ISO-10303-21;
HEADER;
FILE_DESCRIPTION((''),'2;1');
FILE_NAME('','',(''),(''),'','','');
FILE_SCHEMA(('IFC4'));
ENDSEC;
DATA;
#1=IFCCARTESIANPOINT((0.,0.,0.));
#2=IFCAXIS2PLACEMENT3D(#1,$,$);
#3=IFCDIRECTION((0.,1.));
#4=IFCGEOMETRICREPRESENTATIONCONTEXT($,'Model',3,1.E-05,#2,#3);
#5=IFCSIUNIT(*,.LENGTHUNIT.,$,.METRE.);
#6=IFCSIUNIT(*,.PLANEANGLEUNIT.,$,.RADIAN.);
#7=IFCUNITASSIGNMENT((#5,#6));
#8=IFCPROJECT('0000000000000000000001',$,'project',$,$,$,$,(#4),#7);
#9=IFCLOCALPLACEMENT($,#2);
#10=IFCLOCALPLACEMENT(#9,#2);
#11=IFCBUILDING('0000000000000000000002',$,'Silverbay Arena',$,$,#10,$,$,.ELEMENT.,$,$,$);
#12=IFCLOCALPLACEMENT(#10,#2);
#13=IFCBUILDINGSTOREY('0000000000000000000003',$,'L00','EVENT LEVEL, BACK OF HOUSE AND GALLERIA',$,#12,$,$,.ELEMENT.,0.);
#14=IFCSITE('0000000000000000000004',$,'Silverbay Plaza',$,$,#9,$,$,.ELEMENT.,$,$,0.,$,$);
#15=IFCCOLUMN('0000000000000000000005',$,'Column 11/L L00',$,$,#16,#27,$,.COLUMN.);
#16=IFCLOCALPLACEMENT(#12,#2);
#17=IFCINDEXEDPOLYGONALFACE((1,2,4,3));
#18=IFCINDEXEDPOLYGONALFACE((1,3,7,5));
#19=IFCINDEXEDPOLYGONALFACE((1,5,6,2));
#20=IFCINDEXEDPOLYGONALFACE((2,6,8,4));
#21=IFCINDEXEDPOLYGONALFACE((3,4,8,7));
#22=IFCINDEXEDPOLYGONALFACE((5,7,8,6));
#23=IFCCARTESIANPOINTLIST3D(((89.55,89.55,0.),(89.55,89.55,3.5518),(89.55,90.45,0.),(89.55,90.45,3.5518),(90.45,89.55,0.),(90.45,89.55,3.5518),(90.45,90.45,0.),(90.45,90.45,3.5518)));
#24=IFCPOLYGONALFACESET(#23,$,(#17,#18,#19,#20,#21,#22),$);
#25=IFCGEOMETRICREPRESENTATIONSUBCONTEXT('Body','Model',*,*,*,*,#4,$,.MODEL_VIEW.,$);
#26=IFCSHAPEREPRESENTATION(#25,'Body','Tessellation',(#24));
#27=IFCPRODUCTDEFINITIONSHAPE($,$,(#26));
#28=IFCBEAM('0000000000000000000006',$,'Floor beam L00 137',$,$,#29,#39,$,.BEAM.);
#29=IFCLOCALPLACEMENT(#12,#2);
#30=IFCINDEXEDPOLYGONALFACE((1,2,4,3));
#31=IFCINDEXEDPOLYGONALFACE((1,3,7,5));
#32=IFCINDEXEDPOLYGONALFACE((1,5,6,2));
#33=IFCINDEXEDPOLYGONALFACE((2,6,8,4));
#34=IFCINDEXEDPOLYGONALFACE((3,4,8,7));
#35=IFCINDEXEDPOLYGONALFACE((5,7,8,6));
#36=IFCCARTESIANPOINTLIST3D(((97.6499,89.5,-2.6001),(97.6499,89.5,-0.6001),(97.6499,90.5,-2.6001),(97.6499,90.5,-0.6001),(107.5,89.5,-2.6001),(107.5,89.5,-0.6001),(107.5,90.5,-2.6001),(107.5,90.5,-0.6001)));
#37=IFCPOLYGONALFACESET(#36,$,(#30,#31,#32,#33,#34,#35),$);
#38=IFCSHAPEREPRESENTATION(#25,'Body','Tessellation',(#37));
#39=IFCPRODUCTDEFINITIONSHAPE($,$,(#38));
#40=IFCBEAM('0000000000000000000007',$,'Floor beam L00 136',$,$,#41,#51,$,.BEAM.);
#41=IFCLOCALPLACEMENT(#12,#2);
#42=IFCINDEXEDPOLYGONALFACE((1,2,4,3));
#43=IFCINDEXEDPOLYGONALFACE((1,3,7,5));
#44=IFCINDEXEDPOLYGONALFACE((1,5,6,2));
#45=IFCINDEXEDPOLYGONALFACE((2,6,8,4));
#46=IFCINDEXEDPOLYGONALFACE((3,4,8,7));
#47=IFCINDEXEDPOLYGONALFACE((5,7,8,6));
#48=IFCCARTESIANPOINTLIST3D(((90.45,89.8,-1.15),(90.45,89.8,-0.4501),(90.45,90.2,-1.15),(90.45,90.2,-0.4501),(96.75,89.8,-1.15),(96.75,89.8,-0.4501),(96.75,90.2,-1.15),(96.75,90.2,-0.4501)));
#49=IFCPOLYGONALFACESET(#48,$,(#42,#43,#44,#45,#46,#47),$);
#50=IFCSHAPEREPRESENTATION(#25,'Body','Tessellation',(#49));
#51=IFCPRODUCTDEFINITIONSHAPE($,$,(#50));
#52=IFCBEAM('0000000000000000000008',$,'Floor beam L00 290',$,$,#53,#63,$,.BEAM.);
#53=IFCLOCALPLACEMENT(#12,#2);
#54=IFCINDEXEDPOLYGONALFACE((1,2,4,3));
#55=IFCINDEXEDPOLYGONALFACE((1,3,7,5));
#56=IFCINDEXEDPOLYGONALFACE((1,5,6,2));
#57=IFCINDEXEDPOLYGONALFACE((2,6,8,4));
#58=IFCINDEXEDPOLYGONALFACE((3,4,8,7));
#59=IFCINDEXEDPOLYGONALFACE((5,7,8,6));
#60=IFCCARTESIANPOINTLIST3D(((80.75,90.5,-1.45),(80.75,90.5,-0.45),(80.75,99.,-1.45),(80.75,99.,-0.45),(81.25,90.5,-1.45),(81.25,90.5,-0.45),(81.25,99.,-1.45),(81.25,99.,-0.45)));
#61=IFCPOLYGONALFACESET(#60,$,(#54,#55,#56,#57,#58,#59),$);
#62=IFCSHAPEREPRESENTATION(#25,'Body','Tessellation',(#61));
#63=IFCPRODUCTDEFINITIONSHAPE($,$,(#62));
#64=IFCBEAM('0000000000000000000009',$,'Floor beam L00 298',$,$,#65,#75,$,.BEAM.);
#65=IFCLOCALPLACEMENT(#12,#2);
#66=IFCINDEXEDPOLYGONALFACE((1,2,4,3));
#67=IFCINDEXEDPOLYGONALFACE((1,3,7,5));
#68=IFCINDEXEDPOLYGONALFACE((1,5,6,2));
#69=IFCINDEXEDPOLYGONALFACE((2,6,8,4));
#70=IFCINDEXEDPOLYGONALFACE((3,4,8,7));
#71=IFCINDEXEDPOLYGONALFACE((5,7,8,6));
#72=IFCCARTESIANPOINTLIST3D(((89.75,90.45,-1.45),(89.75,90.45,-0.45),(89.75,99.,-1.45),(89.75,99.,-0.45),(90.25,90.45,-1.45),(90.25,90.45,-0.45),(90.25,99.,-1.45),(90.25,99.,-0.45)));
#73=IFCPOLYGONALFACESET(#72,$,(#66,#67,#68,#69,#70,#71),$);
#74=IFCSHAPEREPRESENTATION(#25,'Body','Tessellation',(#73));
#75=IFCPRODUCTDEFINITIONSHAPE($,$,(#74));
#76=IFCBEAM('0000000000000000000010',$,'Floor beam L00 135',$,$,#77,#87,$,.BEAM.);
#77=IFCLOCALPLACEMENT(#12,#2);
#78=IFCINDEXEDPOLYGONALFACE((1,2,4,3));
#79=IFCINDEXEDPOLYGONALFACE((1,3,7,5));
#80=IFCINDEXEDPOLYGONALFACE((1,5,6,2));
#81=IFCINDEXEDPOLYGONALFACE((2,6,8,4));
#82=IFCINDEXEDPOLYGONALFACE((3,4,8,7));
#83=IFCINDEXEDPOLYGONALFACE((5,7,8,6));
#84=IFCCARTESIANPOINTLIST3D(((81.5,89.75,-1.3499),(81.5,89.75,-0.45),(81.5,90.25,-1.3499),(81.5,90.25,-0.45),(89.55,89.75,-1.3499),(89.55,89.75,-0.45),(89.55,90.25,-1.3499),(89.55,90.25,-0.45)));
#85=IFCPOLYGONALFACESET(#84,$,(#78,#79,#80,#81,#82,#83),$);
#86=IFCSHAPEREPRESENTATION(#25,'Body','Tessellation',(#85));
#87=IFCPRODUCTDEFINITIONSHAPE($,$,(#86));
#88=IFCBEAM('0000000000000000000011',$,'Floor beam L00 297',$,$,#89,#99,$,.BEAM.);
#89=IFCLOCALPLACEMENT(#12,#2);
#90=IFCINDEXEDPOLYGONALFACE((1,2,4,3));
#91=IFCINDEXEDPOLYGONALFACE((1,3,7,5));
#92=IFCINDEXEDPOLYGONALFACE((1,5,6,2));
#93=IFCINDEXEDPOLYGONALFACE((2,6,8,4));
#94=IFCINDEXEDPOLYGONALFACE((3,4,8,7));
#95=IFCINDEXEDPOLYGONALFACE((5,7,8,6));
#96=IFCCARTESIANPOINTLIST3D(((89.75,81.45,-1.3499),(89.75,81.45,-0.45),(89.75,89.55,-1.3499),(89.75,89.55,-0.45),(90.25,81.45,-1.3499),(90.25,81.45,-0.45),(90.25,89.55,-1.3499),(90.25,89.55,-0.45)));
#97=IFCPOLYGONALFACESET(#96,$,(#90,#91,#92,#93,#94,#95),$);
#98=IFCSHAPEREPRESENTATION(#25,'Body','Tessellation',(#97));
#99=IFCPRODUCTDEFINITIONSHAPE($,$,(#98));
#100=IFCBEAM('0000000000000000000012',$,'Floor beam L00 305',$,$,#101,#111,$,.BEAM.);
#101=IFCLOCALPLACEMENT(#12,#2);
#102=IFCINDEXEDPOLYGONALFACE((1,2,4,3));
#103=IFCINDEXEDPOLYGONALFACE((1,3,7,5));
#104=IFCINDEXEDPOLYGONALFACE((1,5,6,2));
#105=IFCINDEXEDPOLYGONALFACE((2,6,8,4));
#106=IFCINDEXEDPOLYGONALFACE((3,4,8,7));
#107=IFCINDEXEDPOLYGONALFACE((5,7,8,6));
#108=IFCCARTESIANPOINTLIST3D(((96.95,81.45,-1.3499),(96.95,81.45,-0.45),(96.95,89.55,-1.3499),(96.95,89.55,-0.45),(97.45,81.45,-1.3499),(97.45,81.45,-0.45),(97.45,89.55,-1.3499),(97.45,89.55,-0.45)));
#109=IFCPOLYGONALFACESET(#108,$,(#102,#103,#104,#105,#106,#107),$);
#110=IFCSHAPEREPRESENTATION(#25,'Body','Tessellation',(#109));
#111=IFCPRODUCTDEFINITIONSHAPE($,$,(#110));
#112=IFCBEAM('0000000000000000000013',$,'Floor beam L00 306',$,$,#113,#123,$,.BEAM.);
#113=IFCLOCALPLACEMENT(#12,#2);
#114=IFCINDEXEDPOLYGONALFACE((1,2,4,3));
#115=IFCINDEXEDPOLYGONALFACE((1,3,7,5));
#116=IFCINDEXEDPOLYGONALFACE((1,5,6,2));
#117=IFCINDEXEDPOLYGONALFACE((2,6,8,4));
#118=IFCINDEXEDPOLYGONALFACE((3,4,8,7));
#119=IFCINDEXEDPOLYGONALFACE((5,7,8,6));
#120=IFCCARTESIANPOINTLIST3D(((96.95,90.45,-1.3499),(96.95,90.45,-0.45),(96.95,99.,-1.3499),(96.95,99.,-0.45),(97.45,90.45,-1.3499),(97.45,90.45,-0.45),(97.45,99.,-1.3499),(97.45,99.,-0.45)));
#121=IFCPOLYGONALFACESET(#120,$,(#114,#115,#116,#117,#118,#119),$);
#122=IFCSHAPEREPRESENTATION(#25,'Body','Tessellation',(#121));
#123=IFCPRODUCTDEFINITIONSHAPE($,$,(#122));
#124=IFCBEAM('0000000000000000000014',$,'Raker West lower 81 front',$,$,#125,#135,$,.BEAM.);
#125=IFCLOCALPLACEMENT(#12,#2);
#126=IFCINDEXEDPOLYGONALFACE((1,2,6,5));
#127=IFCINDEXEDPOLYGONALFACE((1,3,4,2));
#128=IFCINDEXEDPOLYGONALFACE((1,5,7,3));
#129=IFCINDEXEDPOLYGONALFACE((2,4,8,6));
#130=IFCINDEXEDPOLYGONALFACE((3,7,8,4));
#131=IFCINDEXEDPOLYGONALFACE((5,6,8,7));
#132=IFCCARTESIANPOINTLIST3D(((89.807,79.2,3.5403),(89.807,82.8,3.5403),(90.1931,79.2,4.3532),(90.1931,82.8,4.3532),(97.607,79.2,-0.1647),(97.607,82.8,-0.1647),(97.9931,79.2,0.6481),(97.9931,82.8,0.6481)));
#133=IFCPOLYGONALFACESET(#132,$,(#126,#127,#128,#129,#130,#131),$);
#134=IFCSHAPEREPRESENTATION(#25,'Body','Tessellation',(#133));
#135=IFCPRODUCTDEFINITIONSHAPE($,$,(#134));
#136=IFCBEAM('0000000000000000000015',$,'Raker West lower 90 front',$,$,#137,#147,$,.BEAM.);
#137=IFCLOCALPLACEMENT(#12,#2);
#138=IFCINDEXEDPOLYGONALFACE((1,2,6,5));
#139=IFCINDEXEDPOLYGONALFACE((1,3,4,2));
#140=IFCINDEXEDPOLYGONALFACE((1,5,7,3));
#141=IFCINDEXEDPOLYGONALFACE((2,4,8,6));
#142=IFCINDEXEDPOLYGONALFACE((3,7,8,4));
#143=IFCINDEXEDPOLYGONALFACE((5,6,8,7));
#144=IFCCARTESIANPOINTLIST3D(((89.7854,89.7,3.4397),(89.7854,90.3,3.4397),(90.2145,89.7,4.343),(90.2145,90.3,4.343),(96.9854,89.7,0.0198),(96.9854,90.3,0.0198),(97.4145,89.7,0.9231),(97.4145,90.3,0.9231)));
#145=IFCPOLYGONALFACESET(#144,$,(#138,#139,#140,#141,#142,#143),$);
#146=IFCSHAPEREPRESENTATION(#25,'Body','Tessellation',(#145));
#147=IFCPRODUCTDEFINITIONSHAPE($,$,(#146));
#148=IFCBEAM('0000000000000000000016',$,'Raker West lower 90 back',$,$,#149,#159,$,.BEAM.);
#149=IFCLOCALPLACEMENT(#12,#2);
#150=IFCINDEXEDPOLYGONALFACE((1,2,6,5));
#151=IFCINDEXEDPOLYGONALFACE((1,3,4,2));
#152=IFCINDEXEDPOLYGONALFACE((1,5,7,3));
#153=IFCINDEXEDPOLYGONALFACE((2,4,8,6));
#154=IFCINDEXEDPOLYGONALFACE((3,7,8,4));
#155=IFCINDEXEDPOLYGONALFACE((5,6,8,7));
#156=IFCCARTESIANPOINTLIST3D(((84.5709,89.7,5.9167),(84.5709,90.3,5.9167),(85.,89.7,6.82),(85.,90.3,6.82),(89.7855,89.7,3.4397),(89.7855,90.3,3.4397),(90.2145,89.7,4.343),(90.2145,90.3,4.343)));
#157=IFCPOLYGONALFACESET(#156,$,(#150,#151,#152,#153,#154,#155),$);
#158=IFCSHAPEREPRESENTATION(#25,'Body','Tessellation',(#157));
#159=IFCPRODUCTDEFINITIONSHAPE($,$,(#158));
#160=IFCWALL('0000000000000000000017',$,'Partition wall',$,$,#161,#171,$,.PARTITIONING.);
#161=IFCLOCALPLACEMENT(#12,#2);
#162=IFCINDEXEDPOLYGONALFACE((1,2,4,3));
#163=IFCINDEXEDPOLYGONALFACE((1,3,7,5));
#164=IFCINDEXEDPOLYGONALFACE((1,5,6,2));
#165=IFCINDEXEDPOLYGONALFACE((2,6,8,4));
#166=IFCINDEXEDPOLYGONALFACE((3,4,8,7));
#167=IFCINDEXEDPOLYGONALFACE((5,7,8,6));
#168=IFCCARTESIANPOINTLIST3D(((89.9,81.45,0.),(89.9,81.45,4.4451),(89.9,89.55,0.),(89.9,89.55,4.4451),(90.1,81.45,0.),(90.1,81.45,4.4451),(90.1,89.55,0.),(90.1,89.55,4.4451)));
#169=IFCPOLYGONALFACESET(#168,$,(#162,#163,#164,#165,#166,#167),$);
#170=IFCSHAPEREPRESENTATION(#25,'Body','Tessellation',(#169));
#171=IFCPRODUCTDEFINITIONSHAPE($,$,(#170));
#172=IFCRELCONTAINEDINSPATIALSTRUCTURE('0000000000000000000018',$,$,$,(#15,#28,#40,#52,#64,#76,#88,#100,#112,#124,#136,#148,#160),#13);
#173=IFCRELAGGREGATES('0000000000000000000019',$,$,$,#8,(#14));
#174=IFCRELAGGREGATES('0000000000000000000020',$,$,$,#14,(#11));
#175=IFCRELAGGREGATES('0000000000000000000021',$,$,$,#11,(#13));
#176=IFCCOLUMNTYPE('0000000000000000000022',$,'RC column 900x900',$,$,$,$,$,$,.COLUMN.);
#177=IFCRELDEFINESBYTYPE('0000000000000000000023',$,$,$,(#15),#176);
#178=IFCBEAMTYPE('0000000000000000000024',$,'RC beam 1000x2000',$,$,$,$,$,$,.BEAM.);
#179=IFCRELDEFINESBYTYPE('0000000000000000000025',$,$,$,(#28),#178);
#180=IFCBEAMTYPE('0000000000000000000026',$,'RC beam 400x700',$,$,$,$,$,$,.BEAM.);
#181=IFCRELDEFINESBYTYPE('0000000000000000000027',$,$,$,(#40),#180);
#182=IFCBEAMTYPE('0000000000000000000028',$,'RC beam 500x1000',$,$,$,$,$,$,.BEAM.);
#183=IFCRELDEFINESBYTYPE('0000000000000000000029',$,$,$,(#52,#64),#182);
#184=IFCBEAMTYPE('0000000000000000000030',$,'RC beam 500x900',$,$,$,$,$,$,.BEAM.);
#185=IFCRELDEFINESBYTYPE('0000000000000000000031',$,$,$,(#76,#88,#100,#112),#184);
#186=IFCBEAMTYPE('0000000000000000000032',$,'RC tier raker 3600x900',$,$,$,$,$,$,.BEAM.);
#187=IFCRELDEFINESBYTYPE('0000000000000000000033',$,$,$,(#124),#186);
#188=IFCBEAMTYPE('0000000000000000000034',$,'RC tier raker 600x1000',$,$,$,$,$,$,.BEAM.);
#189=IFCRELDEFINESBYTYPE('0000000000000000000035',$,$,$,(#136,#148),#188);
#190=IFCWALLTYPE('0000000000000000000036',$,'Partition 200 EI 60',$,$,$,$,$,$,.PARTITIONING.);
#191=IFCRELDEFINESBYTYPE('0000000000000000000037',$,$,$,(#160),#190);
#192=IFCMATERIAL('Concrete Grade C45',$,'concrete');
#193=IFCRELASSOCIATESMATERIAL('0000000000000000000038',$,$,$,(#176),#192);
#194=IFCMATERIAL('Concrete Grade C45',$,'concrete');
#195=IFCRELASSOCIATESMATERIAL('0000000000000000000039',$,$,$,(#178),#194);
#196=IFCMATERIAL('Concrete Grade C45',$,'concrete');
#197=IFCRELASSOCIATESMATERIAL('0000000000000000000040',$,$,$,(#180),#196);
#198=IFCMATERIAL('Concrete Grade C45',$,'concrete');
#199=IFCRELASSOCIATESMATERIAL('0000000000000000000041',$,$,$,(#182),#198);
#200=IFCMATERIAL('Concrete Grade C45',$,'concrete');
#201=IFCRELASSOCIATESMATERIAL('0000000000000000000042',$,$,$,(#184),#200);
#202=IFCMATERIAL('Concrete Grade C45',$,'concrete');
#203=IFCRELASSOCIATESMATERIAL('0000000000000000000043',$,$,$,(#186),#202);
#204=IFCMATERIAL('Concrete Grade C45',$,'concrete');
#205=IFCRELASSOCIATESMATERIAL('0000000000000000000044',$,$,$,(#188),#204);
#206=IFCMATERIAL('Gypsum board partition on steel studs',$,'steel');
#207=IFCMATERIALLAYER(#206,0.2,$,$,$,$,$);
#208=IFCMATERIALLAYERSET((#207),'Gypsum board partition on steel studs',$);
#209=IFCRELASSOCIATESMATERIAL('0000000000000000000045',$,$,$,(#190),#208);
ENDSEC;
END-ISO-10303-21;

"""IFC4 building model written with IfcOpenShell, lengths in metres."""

from ifc_helpers import new_model, si_unit, direction, frame, frame_2d, origin, origin_2d, place, context, subcontext, project, spatial, rectangle, extrude, material, layer, layer_set, material_profile, profile_set, type_object, element, save


model = new_model("IFC4")

# Units and contexts
model_context = context("Model", 3, precision=1e-05, world=origin(), true_north=direction((0.0, 1.0)))
body_context = subcontext(model_context, "Body", "Model", "MODEL_VIEW")
ifc_project = project(units=[si_unit("LENGTHUNIT", "METRE"), si_unit("PLANEANGLEUNIT", "RADIAN")], contexts=[model_context])

# Site, building, storey
site_placement = place(None, origin())
site = spatial("IfcSite", under=ifc_project, at=site_placement, Name="Silverbay Plaza", CompositionType="ELEMENT", RefElevation=0.0)
building_placement = place(site_placement, origin())
building = spatial("IfcBuilding", under=site, at=building_placement, Name="Silverbay Arena", CompositionType="ELEMENT")
storey_placement = place(building_placement, origin())
storey = spatial("IfcBuildingStorey", under=building, at=storey_placement, Name="L00", Description="EVENT LEVEL, BACK OF HOUSE AND GALLERIA", CompositionType="ELEMENT", Elevation=0.0)

# Column
ifc_material_1 = material(Name="Concrete Grade C45", Category="concrete")
ifc_material_profile_1 = material_profile(ifc_material_1, rectangle(XDim=0.8999, YDim=0.8999, at=origin_2d()), Name="RC 900x900")
ifc_profile_set_1 = profile_set([ifc_material_profile_1], Name="Concrete Grade C45")
column_type = type_object("IfcColumnType", Name="RC column 900x900", PredefinedType="COLUMN", material=ifc_profile_set_1)
column_placement = place(storey_placement, frame((90.0, 90.0, 0.0), z_axis=(0.0, 0.0, 1.0), x_axis=(1.0, 0.0, 0.0)))
element("IfcColumn", 1, at=column_placement, inside=storey, type_object=column_type, Name="Column 11/L L00", PredefinedType="COLUMN", context=body_context, shape_type="SweptSolid", body=[
    extrude(rectangle(XDim=0.8999, YDim=0.8999, at=origin_2d()), origin(), (0.0, 0.0, 1.0), 3.5518),
])

# Beams
ifc_material_2 = material(Name="Concrete Grade C45", Category="concrete")
ifc_material_profile_2 = material_profile(ifc_material_2, rectangle(XDim=1.0, YDim=2.0, at=origin_2d()), Name="RC 1000x2000")
ifc_profile_set_2 = profile_set([ifc_material_profile_2], Name="Concrete Grade C45")
beam_type_1 = type_object("IfcBeamType", Name="RC beam 1000x2000", PredefinedType="BEAM", material=ifc_profile_set_2)
beam_1_placement = place(storey_placement, frame((97.6499, 90.0, -1.6001), z_axis=(1.0, 0.0, 0.0), x_axis=(0.0, 1.0, 0.0)))
element("IfcBeam", 2, at=beam_1_placement, inside=storey, type_object=beam_type_1, Name="Floor beam L00 137", PredefinedType="BEAM", context=body_context, shape_type="SweptSolid", body=[
    extrude(rectangle(XDim=1.0, YDim=2.0, at=origin_2d()), origin(), (0.0, 0.0, 1.0), 9.8501),
])
ifc_material_3 = material(Name="Concrete Grade C45", Category="concrete")
ifc_material_profile_3 = material_profile(ifc_material_3, rectangle(XDim=0.3999, YDim=0.7, at=origin_2d()), Name="RC 400x700")
ifc_profile_set_3 = profile_set([ifc_material_profile_3], Name="Concrete Grade C45")
beam_type_2 = type_object("IfcBeamType", Name="RC beam 400x700", PredefinedType="BEAM", material=ifc_profile_set_3)
beam_2_placement = place(storey_placement, frame((90.45, 90.0, -0.8), z_axis=(1.0, 0.0, 0.0), x_axis=(0.0, 1.0, 0.0)))
element("IfcBeam", 3, at=beam_2_placement, inside=storey, type_object=beam_type_2, Name="Floor beam L00 136", PredefinedType="BEAM", context=body_context, shape_type="SweptSolid", body=[
    extrude(rectangle(XDim=0.3999, YDim=0.7, at=origin_2d()), origin(), (0.0, 0.0, 1.0), 6.3),
])
ifc_material_4 = material(Name="Concrete Grade C45", Category="concrete")
ifc_material_profile_4 = material_profile(ifc_material_4, rectangle(XDim=0.5, YDim=1.0, at=origin_2d()), Name="RC 500x1000")
ifc_profile_set_4 = profile_set([ifc_material_profile_4], Name="Concrete Grade C45")
beam_type_3 = type_object("IfcBeamType", Name="RC beam 500x1000", PredefinedType="BEAM", material=ifc_profile_set_4)
beam_3_placement = place(storey_placement, frame((81.0, 90.5, -0.95), z_axis=(0.0, 1.0, 0.0), x_axis=(-1.0, 0.0, 0.0)))
element("IfcBeam", 4, at=beam_3_placement, inside=storey, type_object=beam_type_3, Name="Floor beam L00 290", PredefinedType="BEAM", context=body_context, shape_type="SweptSolid", body=[
    extrude(rectangle(XDim=0.5, YDim=1.0, at=origin_2d()), origin(), (0.0, 0.0, 1.0), 8.5),
])
beam_4_placement = place(storey_placement, frame((90.0, 90.45, -0.95), z_axis=(0.0, 1.0, 0.0), x_axis=(-1.0, 0.0, 0.0)))
element("IfcBeam", 5, at=beam_4_placement, inside=storey, type_object=beam_type_3, Name="Floor beam L00 298", PredefinedType="BEAM", context=body_context, shape_type="SweptSolid", body=[
    extrude(rectangle(XDim=0.5, YDim=1.0, at=origin_2d()), origin(), (0.0, 0.0, 1.0), 8.55),
])
ifc_material_5 = material(Name="Concrete Grade C45", Category="concrete")
ifc_material_profile_5 = material_profile(ifc_material_5, rectangle(XDim=0.5, YDim=0.8999, at=origin_2d()), Name="RC 500x900")
ifc_profile_set_5 = profile_set([ifc_material_profile_5], Name="Concrete Grade C45")
beam_type_4 = type_object("IfcBeamType", Name="RC beam 500x900", PredefinedType="BEAM", material=ifc_profile_set_5)
beam_5_placement = place(storey_placement, frame((81.5, 90.0, -0.8999), z_axis=(1.0, 0.0, 0.0), x_axis=(0.0, 1.0, 0.0)))
element("IfcBeam", 6, at=beam_5_placement, inside=storey, type_object=beam_type_4, Name="Floor beam L00 135", PredefinedType="BEAM", context=body_context, shape_type="SweptSolid", body=[
    extrude(rectangle(XDim=0.5, YDim=0.8999, at=origin_2d()), origin(), (0.0, 0.0, 1.0), 8.05),
])
for number, where, z_axis, x_axis, name in (
    (7, (90.0, 81.45, -0.8999), (0.0, 1.0, 0.0), (-1.0, 0.0, 0.0), "Floor beam L00 297"),
    (8, (97.2, 81.45, -0.8999), (0.0, 1.0, 0.0), (-1.0, 0.0, 0.0), "Floor beam L00 305"),
):
    element("IfcBeam", number, at=place(storey_placement, frame(where, z_axis=z_axis, x_axis=x_axis)), inside=storey, type_object=beam_type_4, Name=name, PredefinedType="BEAM", context=body_context, shape_type="SweptSolid", body=[
        extrude(rectangle(XDim=0.5, YDim=0.8999, at=origin_2d()), origin(), (0.0, 0.0, 1.0), 8.1001),
    ])
beam_6_placement = place(storey_placement, frame((97.2, 90.45, -0.8999), z_axis=(0.0, 1.0, 0.0), x_axis=(-1.0, 0.0, 0.0)))
element("IfcBeam", 9, at=beam_6_placement, inside=storey, type_object=beam_type_4, Name="Floor beam L00 306", PredefinedType="BEAM", context=body_context, shape_type="SweptSolid", body=[
    extrude(rectangle(XDim=0.5, YDim=0.8999, at=origin_2d()), origin(), (0.0, 0.0, 1.0), 8.55),
])
ifc_material_6 = material(Name="Concrete Grade C45", Category="concrete")
ifc_material_profile_6 = material_profile(ifc_material_6, rectangle(XDim=3.6001, YDim=0.8999, at=origin_2d()), Name="RC 3600x900")
ifc_profile_set_6 = profile_set([ifc_material_profile_6], Name="Concrete Grade C45")
beam_type_5 = type_object("IfcBeamType", Name="RC tier raker 3600x900", PredefinedType="BEAM", material=ifc_profile_set_6)
beam_7_placement = place(storey_placement, frame((97.8, 81.0, 0.2417), z_axis=(-0.903275, 0.0, 0.429062), x_axis=(0.0, -1.0, 0.0)))
element("IfcBeam", 10, at=beam_7_placement, inside=storey, type_object=beam_type_5, Name="Raker West lower 81 front", PredefinedType="BEAM", context=body_context, shape_type="SweptSolid", body=[
    extrude(rectangle(XDim=3.6001, YDim=0.8999, at=origin_2d()), origin(), (0.0, 0.0, 1.0), 8.6353),
])
ifc_material_7 = material(Name="Concrete Grade C45", Category="concrete")
ifc_material_profile_7 = material_profile(ifc_material_7, rectangle(XDim=0.6001, YDim=1.0, at=origin_2d()), Name="RC 600x1000")
ifc_profile_set_7 = profile_set([ifc_material_profile_7], Name="Concrete Grade C45")
beam_type_6 = type_object("IfcBeamType", Name="RC tier raker 600x1000", PredefinedType="BEAM", material=ifc_profile_set_7)
beam_8_placement = place(storey_placement, frame((97.2, 90.0, 0.4714), z_axis=(-0.90328, 0.0, 0.429051), x_axis=(0.0, -1.0, 0.0)))
element("IfcBeam", 11, at=beam_8_placement, inside=storey, type_object=beam_type_6, Name="Raker West lower 90 front", PredefinedType="BEAM", context=body_context, shape_type="SweptSolid", body=[
    extrude(rectangle(XDim=0.6001, YDim=1.0, at=origin_2d()), origin(), (0.0, 0.0, 1.0), 7.9709),
])
beam_9_placement = place(storey_placement, frame((90.0, 90.0, 3.8914), z_axis=(-0.90327, 0.0, 0.429073), x_axis=(0.0, -1.0, 0.0)))
element("IfcBeam", 12, at=beam_9_placement, inside=storey, type_object=beam_type_6, Name="Raker West lower 90 back", PredefinedType="BEAM", context=body_context, shape_type="SweptSolid", body=[
    extrude(rectangle(XDim=0.6001, YDim=1.0, at=origin_2d()), origin(), (0.0, 0.0, 1.0), 5.7729),
])

# Wall
ifc_material_8 = material(Name="Gypsum board partition on steel studs", Category="steel")
ifc_layer_1 = layer(ifc_material_8, 0.2)
ifc_layer_set_1 = layer_set([ifc_layer_1], Name="Gypsum board partition on steel studs")
wall_type_1 = type_object("IfcWallType", Name="Partition 200 EI 60", PredefinedType="PARTITIONING", material=ifc_layer_set_1)
wall_1_placement = place(storey_placement, frame((90.0, 81.45, 0.0), z_axis=(0.0, 0.0, 1.0), x_axis=(0.0, 1.0, 0.0)))
element("IfcWall", 13, at=wall_1_placement, inside=storey, type_object=wall_type_1, Name="Partition wall", PredefinedType="PARTITIONING", context=body_context, shape_type="SweptSolid", body=[
    extrude(rectangle(XDim=8.1001, YDim=0.2, at=frame_2d((4.05, 0.0))), origin(), (0.0, 0.0, 1.0), 4.4451),
])

save(model, "model.ifc")
